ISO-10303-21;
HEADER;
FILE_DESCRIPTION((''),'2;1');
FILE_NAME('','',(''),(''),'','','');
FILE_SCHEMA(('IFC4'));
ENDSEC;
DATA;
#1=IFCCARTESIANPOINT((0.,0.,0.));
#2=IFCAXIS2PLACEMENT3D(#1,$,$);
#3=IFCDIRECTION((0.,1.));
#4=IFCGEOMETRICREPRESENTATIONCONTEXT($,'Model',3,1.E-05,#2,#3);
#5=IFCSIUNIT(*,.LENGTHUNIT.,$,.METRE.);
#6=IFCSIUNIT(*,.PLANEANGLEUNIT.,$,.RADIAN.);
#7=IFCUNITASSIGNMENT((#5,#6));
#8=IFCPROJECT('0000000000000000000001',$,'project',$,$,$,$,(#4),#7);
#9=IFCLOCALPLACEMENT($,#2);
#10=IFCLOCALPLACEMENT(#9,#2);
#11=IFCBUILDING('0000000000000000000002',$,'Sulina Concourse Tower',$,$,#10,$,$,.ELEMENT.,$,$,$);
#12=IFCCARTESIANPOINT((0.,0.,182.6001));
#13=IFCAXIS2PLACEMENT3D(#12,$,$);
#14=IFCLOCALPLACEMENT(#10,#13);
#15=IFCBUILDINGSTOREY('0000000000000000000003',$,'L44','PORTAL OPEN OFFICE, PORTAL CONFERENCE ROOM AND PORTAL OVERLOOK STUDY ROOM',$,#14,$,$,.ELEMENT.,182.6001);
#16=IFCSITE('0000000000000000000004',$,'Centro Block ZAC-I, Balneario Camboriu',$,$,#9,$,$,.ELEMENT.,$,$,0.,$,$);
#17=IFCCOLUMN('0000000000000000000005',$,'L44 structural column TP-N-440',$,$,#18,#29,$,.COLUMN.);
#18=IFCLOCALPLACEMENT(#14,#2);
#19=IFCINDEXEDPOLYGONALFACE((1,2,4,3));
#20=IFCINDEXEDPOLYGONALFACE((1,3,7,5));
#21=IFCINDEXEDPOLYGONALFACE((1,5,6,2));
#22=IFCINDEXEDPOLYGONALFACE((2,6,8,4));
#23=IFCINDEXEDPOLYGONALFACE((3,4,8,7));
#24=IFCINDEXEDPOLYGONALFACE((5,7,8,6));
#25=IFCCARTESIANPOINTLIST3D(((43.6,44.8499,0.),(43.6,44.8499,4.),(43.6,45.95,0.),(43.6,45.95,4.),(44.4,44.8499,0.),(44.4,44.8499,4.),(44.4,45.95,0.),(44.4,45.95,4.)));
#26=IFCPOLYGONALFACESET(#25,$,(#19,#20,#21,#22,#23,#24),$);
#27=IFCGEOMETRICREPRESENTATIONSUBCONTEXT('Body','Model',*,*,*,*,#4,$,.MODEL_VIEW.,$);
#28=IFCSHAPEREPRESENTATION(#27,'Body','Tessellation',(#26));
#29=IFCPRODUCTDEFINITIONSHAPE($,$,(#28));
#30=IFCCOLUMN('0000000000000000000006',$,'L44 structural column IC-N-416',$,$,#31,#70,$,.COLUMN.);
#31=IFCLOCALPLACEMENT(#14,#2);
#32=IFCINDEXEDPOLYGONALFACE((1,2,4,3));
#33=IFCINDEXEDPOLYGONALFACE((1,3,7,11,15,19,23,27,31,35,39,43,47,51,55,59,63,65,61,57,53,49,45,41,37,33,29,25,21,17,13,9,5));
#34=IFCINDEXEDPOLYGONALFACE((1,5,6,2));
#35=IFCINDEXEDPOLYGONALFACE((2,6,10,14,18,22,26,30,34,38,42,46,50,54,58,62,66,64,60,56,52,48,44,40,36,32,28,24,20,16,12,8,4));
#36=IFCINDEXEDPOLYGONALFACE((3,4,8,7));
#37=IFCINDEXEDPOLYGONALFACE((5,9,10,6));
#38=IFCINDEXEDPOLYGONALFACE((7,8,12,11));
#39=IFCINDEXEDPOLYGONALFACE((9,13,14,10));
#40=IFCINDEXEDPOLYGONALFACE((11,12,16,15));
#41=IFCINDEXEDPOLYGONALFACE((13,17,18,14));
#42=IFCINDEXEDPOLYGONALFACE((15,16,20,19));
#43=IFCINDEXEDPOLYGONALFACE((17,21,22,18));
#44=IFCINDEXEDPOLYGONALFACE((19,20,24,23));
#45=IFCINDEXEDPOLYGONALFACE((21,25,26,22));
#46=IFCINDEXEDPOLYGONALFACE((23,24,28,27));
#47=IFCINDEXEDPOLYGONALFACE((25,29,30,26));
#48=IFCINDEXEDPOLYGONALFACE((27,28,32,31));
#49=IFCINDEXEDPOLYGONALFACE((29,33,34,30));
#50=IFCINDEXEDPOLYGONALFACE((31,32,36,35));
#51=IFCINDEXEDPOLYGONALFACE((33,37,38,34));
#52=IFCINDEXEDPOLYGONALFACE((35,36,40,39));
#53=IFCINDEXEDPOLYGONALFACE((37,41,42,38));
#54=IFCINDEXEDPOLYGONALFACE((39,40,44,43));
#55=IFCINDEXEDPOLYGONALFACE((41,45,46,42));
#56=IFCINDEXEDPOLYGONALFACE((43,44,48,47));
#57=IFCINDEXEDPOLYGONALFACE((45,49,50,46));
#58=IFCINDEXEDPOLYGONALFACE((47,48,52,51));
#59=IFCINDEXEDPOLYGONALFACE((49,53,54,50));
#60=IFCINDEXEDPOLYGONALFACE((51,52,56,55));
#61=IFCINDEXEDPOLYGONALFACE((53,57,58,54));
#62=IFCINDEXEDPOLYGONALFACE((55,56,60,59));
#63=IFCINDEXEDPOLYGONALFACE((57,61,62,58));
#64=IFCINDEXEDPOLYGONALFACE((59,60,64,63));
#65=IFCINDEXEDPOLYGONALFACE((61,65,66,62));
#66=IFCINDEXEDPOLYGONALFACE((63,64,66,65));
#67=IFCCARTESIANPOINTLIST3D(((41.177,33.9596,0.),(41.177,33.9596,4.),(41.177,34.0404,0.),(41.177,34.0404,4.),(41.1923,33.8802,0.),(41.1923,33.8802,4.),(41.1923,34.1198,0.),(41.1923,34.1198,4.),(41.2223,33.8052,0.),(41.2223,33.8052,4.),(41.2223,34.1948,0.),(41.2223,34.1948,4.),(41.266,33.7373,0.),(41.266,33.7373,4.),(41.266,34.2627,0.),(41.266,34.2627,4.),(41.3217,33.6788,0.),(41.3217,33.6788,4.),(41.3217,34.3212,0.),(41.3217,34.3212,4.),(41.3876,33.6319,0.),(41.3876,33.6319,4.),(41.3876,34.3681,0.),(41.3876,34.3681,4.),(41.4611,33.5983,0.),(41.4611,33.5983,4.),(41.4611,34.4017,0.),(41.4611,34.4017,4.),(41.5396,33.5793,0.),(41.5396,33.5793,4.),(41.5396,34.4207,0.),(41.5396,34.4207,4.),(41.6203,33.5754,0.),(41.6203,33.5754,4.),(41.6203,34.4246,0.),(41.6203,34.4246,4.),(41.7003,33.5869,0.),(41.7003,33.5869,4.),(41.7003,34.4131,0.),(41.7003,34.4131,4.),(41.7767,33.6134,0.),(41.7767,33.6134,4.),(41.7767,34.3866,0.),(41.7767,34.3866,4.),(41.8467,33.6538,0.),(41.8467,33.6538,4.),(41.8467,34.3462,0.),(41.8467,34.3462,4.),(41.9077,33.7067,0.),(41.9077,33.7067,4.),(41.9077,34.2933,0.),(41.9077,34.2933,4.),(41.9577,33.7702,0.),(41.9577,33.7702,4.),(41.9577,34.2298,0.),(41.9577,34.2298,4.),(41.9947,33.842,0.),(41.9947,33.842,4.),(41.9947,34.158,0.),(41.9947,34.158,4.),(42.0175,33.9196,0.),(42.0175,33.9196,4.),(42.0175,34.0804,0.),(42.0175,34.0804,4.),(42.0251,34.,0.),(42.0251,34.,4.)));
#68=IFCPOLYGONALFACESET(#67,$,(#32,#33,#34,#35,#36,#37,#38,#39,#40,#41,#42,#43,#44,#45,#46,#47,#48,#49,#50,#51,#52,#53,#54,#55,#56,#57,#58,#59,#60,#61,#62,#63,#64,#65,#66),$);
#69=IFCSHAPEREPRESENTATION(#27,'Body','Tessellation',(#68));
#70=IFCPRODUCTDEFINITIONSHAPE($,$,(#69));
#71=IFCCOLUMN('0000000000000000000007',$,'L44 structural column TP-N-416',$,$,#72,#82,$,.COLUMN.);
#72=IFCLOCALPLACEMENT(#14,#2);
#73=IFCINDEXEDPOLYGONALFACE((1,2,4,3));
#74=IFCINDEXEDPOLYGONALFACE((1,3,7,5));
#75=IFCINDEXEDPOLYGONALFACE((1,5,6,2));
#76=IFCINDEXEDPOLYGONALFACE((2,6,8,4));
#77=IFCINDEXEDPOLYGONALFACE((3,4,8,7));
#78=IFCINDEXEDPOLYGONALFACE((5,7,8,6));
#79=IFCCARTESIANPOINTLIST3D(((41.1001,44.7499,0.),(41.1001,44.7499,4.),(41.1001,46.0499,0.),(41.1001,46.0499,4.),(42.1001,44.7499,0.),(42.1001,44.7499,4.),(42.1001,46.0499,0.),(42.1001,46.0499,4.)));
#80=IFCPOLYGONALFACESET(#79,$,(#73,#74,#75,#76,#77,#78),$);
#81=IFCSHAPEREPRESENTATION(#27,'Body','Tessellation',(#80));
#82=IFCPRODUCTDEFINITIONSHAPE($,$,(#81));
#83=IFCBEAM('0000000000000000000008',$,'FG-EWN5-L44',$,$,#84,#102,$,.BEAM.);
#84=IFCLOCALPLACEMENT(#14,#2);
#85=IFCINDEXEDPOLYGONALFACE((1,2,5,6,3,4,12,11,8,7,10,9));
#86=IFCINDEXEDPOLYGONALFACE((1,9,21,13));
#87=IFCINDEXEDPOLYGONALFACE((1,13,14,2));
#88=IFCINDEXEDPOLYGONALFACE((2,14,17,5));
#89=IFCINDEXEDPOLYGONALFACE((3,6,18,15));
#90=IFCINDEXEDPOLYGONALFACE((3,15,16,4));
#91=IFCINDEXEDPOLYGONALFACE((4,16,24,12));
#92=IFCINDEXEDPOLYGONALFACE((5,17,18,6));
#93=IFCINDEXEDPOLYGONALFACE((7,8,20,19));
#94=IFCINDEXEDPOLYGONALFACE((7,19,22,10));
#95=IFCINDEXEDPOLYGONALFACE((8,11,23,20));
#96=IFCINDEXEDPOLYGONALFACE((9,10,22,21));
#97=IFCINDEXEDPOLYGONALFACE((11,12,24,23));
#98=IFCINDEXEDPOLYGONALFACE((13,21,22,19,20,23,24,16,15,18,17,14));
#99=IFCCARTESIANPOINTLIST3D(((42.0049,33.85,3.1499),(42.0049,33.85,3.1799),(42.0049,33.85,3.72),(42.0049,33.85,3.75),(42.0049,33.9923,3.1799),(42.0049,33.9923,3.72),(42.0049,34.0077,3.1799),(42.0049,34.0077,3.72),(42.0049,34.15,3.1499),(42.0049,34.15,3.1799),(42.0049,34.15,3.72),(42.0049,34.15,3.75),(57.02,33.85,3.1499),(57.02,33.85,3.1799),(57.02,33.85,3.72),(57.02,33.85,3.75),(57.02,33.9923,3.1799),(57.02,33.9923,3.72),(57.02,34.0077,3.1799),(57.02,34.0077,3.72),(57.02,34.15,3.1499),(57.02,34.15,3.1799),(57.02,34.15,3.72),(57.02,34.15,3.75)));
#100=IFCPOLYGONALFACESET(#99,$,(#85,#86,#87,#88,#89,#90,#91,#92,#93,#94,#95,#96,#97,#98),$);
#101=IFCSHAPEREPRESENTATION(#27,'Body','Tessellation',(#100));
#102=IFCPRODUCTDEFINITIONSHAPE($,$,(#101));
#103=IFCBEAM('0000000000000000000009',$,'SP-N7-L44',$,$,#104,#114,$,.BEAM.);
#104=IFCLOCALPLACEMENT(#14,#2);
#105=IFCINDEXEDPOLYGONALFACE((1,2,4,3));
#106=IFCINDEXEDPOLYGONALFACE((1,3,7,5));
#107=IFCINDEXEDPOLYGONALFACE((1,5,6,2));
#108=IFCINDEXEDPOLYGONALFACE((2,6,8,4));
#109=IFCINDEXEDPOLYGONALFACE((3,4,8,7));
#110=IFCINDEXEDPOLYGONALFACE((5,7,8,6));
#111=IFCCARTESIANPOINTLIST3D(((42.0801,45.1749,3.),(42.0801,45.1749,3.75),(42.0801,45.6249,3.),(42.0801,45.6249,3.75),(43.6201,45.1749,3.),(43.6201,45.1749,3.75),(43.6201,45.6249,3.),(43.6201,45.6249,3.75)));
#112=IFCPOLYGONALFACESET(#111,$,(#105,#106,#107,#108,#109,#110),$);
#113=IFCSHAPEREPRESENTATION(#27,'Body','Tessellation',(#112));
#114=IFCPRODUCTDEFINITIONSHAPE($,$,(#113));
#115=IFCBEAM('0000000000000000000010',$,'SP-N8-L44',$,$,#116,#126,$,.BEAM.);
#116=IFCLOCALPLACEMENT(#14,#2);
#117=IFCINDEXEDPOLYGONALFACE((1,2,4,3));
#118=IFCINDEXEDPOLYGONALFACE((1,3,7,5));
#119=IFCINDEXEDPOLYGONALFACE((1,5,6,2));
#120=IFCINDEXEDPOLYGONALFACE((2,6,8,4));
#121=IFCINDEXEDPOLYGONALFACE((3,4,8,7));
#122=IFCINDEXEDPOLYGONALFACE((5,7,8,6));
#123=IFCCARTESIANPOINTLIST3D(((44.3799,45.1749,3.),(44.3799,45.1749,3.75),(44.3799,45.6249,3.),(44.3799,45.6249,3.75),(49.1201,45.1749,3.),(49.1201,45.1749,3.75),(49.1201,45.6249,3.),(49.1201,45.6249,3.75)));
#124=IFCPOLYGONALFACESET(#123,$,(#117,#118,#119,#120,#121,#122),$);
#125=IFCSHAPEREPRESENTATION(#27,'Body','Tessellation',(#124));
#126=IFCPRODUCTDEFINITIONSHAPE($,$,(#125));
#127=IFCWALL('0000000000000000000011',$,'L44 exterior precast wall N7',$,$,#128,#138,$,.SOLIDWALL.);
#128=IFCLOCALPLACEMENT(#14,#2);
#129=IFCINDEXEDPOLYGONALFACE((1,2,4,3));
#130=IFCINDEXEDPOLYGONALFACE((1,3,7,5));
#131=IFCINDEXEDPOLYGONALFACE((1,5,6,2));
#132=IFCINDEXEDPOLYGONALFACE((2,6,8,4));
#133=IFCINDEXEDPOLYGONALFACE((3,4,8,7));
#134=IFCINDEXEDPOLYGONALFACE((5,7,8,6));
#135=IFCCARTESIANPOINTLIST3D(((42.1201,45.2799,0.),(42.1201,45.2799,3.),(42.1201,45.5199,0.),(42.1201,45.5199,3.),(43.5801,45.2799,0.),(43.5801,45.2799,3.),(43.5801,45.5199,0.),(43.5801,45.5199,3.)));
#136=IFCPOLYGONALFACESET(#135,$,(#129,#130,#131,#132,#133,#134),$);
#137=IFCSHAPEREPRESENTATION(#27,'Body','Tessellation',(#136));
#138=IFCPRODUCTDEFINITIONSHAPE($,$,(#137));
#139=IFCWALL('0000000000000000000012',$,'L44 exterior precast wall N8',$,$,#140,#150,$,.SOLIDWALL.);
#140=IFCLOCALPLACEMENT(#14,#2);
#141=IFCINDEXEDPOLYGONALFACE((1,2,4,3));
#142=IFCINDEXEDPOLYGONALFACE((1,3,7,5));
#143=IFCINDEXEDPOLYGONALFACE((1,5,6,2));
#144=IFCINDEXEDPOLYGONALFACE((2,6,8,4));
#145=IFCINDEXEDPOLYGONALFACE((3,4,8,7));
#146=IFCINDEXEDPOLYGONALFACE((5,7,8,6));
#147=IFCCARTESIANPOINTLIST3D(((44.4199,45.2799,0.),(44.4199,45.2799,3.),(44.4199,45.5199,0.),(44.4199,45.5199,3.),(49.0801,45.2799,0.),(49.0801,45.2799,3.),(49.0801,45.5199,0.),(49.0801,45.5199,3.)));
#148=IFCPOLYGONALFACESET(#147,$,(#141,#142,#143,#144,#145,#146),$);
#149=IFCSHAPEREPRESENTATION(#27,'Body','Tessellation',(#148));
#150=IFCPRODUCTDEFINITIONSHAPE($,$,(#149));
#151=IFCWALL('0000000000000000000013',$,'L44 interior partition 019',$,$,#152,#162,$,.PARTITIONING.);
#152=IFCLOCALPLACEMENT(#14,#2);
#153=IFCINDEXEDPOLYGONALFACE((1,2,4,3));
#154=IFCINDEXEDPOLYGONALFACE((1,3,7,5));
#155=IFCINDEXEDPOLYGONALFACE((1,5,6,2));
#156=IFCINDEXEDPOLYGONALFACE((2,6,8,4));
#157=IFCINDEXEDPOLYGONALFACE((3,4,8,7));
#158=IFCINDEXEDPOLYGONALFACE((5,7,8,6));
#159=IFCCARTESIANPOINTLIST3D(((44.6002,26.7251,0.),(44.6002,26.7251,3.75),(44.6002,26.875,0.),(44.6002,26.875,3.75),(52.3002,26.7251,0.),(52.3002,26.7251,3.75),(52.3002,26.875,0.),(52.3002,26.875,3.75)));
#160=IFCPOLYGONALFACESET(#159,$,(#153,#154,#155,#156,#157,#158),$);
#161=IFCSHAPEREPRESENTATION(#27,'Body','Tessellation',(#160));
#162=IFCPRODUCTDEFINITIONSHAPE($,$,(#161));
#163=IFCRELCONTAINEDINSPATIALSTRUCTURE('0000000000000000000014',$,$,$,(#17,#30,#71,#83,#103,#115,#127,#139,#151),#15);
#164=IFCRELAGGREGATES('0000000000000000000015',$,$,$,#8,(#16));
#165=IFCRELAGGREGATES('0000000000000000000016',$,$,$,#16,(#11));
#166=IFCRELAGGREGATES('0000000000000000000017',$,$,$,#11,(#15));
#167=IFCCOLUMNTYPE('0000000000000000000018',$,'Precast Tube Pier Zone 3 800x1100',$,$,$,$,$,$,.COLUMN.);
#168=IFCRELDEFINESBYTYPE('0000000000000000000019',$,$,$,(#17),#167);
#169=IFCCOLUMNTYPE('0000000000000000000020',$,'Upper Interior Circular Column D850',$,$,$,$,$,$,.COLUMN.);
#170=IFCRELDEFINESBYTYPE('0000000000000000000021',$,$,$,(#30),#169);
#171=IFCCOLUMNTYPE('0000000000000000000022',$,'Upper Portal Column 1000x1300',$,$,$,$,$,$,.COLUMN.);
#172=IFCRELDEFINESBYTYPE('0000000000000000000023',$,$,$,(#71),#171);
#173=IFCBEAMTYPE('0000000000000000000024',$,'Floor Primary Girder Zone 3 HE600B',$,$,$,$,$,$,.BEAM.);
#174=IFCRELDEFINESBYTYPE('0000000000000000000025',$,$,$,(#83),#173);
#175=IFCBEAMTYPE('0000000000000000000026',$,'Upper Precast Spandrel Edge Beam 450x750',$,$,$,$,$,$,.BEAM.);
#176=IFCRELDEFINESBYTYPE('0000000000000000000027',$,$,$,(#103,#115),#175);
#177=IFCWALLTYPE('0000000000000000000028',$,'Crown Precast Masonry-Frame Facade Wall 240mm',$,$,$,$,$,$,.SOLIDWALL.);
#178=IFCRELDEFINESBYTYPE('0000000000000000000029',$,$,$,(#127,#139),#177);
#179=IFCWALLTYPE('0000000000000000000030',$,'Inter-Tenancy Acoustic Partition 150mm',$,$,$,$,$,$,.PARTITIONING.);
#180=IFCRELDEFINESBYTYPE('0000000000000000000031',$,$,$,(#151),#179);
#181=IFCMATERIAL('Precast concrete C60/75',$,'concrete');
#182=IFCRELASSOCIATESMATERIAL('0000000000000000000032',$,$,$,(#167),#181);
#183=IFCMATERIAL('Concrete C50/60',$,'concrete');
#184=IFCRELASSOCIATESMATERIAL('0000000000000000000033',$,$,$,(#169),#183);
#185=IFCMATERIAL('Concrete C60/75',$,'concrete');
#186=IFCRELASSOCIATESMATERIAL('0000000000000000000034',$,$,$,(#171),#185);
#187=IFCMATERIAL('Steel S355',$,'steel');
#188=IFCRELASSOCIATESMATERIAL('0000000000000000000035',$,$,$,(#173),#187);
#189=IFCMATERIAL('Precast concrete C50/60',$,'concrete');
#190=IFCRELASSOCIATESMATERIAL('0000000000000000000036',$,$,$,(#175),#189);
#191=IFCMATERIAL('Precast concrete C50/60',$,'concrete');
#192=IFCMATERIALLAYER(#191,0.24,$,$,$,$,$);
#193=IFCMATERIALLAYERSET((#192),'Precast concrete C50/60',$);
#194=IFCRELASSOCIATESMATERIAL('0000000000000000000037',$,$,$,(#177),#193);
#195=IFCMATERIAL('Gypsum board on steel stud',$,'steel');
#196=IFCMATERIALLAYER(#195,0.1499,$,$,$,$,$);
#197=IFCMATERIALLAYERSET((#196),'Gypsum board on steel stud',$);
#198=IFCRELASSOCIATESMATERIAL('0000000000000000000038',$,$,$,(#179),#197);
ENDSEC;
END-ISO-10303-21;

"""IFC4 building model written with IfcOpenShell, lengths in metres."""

from ifc_helpers import new_model, si_unit, direction, frame, frame_2d, origin, origin_2d, place, context, subcontext, project, spatial, rectangle, circle, i_section, extrude, material, layer, layer_set, material_profile, profile_set, type_object, element, save


model = new_model("IFC4")

# Units and contexts
model_context = context("Model", 3, precision=1e-05, world=origin(), true_north=direction((0.0, 1.0)))
body_context = subcontext(model_context, "Body", "Model", "MODEL_VIEW")
ifc_project = project(units=[si_unit("LENGTHUNIT", "METRE"), si_unit("PLANEANGLEUNIT", "RADIAN")], contexts=[model_context])

# Site, building, storey
site_placement = place(None, origin())
site = spatial("IfcSite", under=ifc_project, at=site_placement, Name="Centro Block ZAC-I, Balneario Camboriu", CompositionType="ELEMENT", RefElevation=0.0)
building_placement = place(site_placement, origin())
building = spatial("IfcBuilding", under=site, at=building_placement, Name="Sulina Concourse Tower", CompositionType="ELEMENT")
storey_placement = place(building_placement, frame((0.0, 0.0, 182.6001)))
storey = spatial("IfcBuildingStorey", under=building, at=storey_placement, Name="L44", Description="PORTAL OPEN OFFICE, PORTAL CONFERENCE ROOM AND PORTAL OVERLOOK STUDY ROOM", CompositionType="ELEMENT", Elevation=182.6001)

# Columns
ifc_material_1 = material(Name="Precast concrete C60/75", Category="concrete")
ifc_material_profile_1 = material_profile(ifc_material_1, rectangle(XDim=0.8, YDim=1.1001, at=origin_2d()), Name="PC 800x1100")
ifc_profile_set_1 = profile_set([ifc_material_profile_1], Name="Precast concrete C60/75")
column_type_1 = type_object("IfcColumnType", Name="Precast Tube Pier Zone 3 800x1100", PredefinedType="COLUMN", material=ifc_profile_set_1)
column_1_placement = place(storey_placement, frame((44.0, 45.3999, 0.0), z_axis=(0.0, 0.0, 1.0), x_axis=(1.0, 0.0, 0.0)))
element("IfcColumn", 1, at=column_1_placement, inside=storey, type_object=column_type_1, Name="L44 structural column TP-N-440", PredefinedType="COLUMN", context=body_context, shape_type="SweptSolid", body=[
    extrude(rectangle(XDim=0.8, YDim=1.1001, at=origin_2d()), origin(), (0.0, 0.0, 1.0), 4.0),
])
ifc_material_2 = material(Name="Concrete C50/60", Category="concrete")
ifc_material_profile_2 = material_profile(ifc_material_2, circle(Radius=0.425, at=origin_2d()), Name="RC D850")
ifc_profile_set_2 = profile_set([ifc_material_profile_2], Name="Concrete C50/60")
column_type_2 = type_object("IfcColumnType", Name="Upper Interior Circular Column D850", PredefinedType="COLUMN", material=ifc_profile_set_2)
column_2_placement = place(storey_placement, frame((41.6001, 34.0, 0.0), z_axis=(0.0, 0.0, 1.0), x_axis=(1.0, 0.0, 0.0)))
element("IfcColumn", 2, at=column_2_placement, inside=storey, type_object=column_type_2, Name="L44 structural column IC-N-416", PredefinedType="COLUMN", context=body_context, shape_type="SweptSolid", body=[
    extrude(circle(Radius=0.425, at=origin_2d()), origin(), (0.0, 0.0, 1.0), 4.0),
])
ifc_material_3 = material(Name="Concrete C60/75", Category="concrete")
ifc_material_profile_3 = material_profile(ifc_material_3, rectangle(XDim=1.0, YDim=1.3, at=origin_2d()), Name="RC 1000x1300")
ifc_profile_set_3 = profile_set([ifc_material_profile_3], Name="Concrete C60/75")
column_type_3 = type_object("IfcColumnType", Name="Upper Portal Column 1000x1300", PredefinedType="COLUMN", material=ifc_profile_set_3)
column_3_placement = place(storey_placement, frame((41.6001, 45.3999, 0.0), z_axis=(0.0, 0.0, 1.0), x_axis=(1.0, 0.0, 0.0)))
element("IfcColumn", 3, at=column_3_placement, inside=storey, type_object=column_type_3, Name="L44 structural column TP-N-416", PredefinedType="COLUMN", context=body_context, shape_type="SweptSolid", body=[
    extrude(rectangle(XDim=1.0, YDim=1.3, at=origin_2d()), origin(), (0.0, 0.0, 1.0), 4.0),
])

# Beams
ifc_material_4 = material(Name="Steel S355", Category="steel")
ifc_material_profile_4 = material_profile(ifc_material_4, i_section(OverallWidth=0.3, OverallDepth=0.6001, WebThickness=0.0154, FlangeThickness=0.03, at=origin_2d()), Name="HE 600 B")
ifc_profile_set_4 = profile_set([ifc_material_profile_4], Name="Steel S355")
beam_type_1 = type_object("IfcBeamType", Name="Floor Primary Girder Zone 3 HE600B", PredefinedType="BEAM", material=ifc_profile_set_4)
beam_1_placement = place(storey_placement, frame((42.0049, 34.0, 3.45), z_axis=(1.0, 0.0, 0.0), x_axis=(0.0, 1.0, 0.0)))
element("IfcBeam", 4, at=beam_1_placement, inside=storey, type_object=beam_type_1, Name="FG-EWN5-L44", PredefinedType="BEAM", context=body_context, shape_type="SweptSolid", body=[
    extrude(i_section(OverallWidth=0.3, OverallDepth=0.6001, WebThickness=0.0154, FlangeThickness=0.03, at=origin_2d()), origin(), (0.0, 0.0, 1.0), 15.0151),
])
ifc_material_5 = material(Name="Precast concrete C50/60", Category="concrete")
ifc_material_profile_5 = material_profile(ifc_material_5, rectangle(XDim=0.45, YDim=0.75, at=origin_2d()), Name="RC 450x750")
ifc_profile_set_5 = profile_set([ifc_material_profile_5], Name="Precast concrete C50/60")
beam_type_2 = type_object("IfcBeamType", Name="Upper Precast Spandrel Edge Beam 450x750", PredefinedType="BEAM", material=ifc_profile_set_5)
beam_2_placement = place(storey_placement, frame((42.0801, 45.3999, 3.375), z_axis=(1.0, 0.0, 0.0), x_axis=(0.0, 1.0, 0.0)))
element("IfcBeam", 5, at=beam_2_placement, inside=storey, type_object=beam_type_2, Name="SP-N7-L44", PredefinedType="BEAM", context=body_context, shape_type="SweptSolid", body=[
    extrude(rectangle(XDim=0.45, YDim=0.75, at=origin_2d()), origin(), (0.0, 0.0, 1.0), 1.54),
])
beam_3_placement = place(storey_placement, frame((44.3799, 45.3999, 3.375), z_axis=(1.0, 0.0, 0.0), x_axis=(0.0, 1.0, 0.0)))
element("IfcBeam", 6, at=beam_3_placement, inside=storey, type_object=beam_type_2, Name="SP-N8-L44", PredefinedType="BEAM", context=body_context, shape_type="SweptSolid", body=[
    extrude(rectangle(XDim=0.45, YDim=0.75, at=origin_2d()), origin(), (0.0, 0.0, 1.0), 4.7402),
])

# Walls
ifc_material_6 = material(Name="Precast concrete C50/60", Category="concrete")
ifc_layer_1 = layer(ifc_material_6, 0.24)
ifc_layer_set_1 = layer_set([ifc_layer_1], Name="Precast concrete C50/60")
wall_type_1 = type_object("IfcWallType", Name="Crown Precast Masonry-Frame Facade Wall 240mm", PredefinedType="SOLIDWALL", material=ifc_layer_set_1)
wall_1_placement = place(storey_placement, frame((42.1201, 45.3999, 0.0), z_axis=(0.0, 0.0, 1.0), x_axis=(1.0, 0.0, 0.0)))
element("IfcWall", 7, at=wall_1_placement, inside=storey, type_object=wall_type_1, Name="L44 exterior precast wall N7", PredefinedType="SOLIDWALL", context=body_context, shape_type="SweptSolid", body=[
    extrude(rectangle(XDim=1.46, YDim=0.24, at=frame_2d((0.73, 0.0))), origin(), (0.0, 0.0, 1.0), 3.0),
])
wall_2_placement = place(storey_placement, frame((44.4199, 45.3999, 0.0), z_axis=(0.0, 0.0, 1.0), x_axis=(1.0, 0.0, 0.0)))
element("IfcWall", 8, at=wall_2_placement, inside=storey, type_object=wall_type_1, Name="L44 exterior precast wall N8", PredefinedType="SOLIDWALL", context=body_context, shape_type="SweptSolid", body=[
    extrude(rectangle(XDim=4.6602, YDim=0.24, at=frame_2d((2.3301, 0.0))), origin(), (0.0, 0.0, 1.0), 3.0),
])
ifc_material_7 = material(Name="Gypsum board on steel stud", Category="steel")
ifc_layer_2 = layer(ifc_material_7, 0.1499)
ifc_layer_set_2 = layer_set([ifc_layer_2], Name="Gypsum board on steel stud")
wall_type_2 = type_object("IfcWallType", Name="Inter-Tenancy Acoustic Partition 150mm", PredefinedType="PARTITIONING", material=ifc_layer_set_2)
wall_3_placement = place(storey_placement, frame((44.6001, 26.8, 0.0), z_axis=(0.0, 0.0, 1.0), x_axis=(1.0, 0.0, 0.0)))
element("IfcWall", 9, at=wall_3_placement, inside=storey, type_object=wall_type_2, Name="L44 interior partition 019", PredefinedType="PARTITIONING", context=body_context, shape_type="SweptSolid", body=[
    extrude(rectangle(XDim=7.7, YDim=0.1499, at=frame_2d((3.8501, 0.0))), origin(), (0.0, 0.0, 1.0), 3.75),
])

save(model, "model.ifc")
